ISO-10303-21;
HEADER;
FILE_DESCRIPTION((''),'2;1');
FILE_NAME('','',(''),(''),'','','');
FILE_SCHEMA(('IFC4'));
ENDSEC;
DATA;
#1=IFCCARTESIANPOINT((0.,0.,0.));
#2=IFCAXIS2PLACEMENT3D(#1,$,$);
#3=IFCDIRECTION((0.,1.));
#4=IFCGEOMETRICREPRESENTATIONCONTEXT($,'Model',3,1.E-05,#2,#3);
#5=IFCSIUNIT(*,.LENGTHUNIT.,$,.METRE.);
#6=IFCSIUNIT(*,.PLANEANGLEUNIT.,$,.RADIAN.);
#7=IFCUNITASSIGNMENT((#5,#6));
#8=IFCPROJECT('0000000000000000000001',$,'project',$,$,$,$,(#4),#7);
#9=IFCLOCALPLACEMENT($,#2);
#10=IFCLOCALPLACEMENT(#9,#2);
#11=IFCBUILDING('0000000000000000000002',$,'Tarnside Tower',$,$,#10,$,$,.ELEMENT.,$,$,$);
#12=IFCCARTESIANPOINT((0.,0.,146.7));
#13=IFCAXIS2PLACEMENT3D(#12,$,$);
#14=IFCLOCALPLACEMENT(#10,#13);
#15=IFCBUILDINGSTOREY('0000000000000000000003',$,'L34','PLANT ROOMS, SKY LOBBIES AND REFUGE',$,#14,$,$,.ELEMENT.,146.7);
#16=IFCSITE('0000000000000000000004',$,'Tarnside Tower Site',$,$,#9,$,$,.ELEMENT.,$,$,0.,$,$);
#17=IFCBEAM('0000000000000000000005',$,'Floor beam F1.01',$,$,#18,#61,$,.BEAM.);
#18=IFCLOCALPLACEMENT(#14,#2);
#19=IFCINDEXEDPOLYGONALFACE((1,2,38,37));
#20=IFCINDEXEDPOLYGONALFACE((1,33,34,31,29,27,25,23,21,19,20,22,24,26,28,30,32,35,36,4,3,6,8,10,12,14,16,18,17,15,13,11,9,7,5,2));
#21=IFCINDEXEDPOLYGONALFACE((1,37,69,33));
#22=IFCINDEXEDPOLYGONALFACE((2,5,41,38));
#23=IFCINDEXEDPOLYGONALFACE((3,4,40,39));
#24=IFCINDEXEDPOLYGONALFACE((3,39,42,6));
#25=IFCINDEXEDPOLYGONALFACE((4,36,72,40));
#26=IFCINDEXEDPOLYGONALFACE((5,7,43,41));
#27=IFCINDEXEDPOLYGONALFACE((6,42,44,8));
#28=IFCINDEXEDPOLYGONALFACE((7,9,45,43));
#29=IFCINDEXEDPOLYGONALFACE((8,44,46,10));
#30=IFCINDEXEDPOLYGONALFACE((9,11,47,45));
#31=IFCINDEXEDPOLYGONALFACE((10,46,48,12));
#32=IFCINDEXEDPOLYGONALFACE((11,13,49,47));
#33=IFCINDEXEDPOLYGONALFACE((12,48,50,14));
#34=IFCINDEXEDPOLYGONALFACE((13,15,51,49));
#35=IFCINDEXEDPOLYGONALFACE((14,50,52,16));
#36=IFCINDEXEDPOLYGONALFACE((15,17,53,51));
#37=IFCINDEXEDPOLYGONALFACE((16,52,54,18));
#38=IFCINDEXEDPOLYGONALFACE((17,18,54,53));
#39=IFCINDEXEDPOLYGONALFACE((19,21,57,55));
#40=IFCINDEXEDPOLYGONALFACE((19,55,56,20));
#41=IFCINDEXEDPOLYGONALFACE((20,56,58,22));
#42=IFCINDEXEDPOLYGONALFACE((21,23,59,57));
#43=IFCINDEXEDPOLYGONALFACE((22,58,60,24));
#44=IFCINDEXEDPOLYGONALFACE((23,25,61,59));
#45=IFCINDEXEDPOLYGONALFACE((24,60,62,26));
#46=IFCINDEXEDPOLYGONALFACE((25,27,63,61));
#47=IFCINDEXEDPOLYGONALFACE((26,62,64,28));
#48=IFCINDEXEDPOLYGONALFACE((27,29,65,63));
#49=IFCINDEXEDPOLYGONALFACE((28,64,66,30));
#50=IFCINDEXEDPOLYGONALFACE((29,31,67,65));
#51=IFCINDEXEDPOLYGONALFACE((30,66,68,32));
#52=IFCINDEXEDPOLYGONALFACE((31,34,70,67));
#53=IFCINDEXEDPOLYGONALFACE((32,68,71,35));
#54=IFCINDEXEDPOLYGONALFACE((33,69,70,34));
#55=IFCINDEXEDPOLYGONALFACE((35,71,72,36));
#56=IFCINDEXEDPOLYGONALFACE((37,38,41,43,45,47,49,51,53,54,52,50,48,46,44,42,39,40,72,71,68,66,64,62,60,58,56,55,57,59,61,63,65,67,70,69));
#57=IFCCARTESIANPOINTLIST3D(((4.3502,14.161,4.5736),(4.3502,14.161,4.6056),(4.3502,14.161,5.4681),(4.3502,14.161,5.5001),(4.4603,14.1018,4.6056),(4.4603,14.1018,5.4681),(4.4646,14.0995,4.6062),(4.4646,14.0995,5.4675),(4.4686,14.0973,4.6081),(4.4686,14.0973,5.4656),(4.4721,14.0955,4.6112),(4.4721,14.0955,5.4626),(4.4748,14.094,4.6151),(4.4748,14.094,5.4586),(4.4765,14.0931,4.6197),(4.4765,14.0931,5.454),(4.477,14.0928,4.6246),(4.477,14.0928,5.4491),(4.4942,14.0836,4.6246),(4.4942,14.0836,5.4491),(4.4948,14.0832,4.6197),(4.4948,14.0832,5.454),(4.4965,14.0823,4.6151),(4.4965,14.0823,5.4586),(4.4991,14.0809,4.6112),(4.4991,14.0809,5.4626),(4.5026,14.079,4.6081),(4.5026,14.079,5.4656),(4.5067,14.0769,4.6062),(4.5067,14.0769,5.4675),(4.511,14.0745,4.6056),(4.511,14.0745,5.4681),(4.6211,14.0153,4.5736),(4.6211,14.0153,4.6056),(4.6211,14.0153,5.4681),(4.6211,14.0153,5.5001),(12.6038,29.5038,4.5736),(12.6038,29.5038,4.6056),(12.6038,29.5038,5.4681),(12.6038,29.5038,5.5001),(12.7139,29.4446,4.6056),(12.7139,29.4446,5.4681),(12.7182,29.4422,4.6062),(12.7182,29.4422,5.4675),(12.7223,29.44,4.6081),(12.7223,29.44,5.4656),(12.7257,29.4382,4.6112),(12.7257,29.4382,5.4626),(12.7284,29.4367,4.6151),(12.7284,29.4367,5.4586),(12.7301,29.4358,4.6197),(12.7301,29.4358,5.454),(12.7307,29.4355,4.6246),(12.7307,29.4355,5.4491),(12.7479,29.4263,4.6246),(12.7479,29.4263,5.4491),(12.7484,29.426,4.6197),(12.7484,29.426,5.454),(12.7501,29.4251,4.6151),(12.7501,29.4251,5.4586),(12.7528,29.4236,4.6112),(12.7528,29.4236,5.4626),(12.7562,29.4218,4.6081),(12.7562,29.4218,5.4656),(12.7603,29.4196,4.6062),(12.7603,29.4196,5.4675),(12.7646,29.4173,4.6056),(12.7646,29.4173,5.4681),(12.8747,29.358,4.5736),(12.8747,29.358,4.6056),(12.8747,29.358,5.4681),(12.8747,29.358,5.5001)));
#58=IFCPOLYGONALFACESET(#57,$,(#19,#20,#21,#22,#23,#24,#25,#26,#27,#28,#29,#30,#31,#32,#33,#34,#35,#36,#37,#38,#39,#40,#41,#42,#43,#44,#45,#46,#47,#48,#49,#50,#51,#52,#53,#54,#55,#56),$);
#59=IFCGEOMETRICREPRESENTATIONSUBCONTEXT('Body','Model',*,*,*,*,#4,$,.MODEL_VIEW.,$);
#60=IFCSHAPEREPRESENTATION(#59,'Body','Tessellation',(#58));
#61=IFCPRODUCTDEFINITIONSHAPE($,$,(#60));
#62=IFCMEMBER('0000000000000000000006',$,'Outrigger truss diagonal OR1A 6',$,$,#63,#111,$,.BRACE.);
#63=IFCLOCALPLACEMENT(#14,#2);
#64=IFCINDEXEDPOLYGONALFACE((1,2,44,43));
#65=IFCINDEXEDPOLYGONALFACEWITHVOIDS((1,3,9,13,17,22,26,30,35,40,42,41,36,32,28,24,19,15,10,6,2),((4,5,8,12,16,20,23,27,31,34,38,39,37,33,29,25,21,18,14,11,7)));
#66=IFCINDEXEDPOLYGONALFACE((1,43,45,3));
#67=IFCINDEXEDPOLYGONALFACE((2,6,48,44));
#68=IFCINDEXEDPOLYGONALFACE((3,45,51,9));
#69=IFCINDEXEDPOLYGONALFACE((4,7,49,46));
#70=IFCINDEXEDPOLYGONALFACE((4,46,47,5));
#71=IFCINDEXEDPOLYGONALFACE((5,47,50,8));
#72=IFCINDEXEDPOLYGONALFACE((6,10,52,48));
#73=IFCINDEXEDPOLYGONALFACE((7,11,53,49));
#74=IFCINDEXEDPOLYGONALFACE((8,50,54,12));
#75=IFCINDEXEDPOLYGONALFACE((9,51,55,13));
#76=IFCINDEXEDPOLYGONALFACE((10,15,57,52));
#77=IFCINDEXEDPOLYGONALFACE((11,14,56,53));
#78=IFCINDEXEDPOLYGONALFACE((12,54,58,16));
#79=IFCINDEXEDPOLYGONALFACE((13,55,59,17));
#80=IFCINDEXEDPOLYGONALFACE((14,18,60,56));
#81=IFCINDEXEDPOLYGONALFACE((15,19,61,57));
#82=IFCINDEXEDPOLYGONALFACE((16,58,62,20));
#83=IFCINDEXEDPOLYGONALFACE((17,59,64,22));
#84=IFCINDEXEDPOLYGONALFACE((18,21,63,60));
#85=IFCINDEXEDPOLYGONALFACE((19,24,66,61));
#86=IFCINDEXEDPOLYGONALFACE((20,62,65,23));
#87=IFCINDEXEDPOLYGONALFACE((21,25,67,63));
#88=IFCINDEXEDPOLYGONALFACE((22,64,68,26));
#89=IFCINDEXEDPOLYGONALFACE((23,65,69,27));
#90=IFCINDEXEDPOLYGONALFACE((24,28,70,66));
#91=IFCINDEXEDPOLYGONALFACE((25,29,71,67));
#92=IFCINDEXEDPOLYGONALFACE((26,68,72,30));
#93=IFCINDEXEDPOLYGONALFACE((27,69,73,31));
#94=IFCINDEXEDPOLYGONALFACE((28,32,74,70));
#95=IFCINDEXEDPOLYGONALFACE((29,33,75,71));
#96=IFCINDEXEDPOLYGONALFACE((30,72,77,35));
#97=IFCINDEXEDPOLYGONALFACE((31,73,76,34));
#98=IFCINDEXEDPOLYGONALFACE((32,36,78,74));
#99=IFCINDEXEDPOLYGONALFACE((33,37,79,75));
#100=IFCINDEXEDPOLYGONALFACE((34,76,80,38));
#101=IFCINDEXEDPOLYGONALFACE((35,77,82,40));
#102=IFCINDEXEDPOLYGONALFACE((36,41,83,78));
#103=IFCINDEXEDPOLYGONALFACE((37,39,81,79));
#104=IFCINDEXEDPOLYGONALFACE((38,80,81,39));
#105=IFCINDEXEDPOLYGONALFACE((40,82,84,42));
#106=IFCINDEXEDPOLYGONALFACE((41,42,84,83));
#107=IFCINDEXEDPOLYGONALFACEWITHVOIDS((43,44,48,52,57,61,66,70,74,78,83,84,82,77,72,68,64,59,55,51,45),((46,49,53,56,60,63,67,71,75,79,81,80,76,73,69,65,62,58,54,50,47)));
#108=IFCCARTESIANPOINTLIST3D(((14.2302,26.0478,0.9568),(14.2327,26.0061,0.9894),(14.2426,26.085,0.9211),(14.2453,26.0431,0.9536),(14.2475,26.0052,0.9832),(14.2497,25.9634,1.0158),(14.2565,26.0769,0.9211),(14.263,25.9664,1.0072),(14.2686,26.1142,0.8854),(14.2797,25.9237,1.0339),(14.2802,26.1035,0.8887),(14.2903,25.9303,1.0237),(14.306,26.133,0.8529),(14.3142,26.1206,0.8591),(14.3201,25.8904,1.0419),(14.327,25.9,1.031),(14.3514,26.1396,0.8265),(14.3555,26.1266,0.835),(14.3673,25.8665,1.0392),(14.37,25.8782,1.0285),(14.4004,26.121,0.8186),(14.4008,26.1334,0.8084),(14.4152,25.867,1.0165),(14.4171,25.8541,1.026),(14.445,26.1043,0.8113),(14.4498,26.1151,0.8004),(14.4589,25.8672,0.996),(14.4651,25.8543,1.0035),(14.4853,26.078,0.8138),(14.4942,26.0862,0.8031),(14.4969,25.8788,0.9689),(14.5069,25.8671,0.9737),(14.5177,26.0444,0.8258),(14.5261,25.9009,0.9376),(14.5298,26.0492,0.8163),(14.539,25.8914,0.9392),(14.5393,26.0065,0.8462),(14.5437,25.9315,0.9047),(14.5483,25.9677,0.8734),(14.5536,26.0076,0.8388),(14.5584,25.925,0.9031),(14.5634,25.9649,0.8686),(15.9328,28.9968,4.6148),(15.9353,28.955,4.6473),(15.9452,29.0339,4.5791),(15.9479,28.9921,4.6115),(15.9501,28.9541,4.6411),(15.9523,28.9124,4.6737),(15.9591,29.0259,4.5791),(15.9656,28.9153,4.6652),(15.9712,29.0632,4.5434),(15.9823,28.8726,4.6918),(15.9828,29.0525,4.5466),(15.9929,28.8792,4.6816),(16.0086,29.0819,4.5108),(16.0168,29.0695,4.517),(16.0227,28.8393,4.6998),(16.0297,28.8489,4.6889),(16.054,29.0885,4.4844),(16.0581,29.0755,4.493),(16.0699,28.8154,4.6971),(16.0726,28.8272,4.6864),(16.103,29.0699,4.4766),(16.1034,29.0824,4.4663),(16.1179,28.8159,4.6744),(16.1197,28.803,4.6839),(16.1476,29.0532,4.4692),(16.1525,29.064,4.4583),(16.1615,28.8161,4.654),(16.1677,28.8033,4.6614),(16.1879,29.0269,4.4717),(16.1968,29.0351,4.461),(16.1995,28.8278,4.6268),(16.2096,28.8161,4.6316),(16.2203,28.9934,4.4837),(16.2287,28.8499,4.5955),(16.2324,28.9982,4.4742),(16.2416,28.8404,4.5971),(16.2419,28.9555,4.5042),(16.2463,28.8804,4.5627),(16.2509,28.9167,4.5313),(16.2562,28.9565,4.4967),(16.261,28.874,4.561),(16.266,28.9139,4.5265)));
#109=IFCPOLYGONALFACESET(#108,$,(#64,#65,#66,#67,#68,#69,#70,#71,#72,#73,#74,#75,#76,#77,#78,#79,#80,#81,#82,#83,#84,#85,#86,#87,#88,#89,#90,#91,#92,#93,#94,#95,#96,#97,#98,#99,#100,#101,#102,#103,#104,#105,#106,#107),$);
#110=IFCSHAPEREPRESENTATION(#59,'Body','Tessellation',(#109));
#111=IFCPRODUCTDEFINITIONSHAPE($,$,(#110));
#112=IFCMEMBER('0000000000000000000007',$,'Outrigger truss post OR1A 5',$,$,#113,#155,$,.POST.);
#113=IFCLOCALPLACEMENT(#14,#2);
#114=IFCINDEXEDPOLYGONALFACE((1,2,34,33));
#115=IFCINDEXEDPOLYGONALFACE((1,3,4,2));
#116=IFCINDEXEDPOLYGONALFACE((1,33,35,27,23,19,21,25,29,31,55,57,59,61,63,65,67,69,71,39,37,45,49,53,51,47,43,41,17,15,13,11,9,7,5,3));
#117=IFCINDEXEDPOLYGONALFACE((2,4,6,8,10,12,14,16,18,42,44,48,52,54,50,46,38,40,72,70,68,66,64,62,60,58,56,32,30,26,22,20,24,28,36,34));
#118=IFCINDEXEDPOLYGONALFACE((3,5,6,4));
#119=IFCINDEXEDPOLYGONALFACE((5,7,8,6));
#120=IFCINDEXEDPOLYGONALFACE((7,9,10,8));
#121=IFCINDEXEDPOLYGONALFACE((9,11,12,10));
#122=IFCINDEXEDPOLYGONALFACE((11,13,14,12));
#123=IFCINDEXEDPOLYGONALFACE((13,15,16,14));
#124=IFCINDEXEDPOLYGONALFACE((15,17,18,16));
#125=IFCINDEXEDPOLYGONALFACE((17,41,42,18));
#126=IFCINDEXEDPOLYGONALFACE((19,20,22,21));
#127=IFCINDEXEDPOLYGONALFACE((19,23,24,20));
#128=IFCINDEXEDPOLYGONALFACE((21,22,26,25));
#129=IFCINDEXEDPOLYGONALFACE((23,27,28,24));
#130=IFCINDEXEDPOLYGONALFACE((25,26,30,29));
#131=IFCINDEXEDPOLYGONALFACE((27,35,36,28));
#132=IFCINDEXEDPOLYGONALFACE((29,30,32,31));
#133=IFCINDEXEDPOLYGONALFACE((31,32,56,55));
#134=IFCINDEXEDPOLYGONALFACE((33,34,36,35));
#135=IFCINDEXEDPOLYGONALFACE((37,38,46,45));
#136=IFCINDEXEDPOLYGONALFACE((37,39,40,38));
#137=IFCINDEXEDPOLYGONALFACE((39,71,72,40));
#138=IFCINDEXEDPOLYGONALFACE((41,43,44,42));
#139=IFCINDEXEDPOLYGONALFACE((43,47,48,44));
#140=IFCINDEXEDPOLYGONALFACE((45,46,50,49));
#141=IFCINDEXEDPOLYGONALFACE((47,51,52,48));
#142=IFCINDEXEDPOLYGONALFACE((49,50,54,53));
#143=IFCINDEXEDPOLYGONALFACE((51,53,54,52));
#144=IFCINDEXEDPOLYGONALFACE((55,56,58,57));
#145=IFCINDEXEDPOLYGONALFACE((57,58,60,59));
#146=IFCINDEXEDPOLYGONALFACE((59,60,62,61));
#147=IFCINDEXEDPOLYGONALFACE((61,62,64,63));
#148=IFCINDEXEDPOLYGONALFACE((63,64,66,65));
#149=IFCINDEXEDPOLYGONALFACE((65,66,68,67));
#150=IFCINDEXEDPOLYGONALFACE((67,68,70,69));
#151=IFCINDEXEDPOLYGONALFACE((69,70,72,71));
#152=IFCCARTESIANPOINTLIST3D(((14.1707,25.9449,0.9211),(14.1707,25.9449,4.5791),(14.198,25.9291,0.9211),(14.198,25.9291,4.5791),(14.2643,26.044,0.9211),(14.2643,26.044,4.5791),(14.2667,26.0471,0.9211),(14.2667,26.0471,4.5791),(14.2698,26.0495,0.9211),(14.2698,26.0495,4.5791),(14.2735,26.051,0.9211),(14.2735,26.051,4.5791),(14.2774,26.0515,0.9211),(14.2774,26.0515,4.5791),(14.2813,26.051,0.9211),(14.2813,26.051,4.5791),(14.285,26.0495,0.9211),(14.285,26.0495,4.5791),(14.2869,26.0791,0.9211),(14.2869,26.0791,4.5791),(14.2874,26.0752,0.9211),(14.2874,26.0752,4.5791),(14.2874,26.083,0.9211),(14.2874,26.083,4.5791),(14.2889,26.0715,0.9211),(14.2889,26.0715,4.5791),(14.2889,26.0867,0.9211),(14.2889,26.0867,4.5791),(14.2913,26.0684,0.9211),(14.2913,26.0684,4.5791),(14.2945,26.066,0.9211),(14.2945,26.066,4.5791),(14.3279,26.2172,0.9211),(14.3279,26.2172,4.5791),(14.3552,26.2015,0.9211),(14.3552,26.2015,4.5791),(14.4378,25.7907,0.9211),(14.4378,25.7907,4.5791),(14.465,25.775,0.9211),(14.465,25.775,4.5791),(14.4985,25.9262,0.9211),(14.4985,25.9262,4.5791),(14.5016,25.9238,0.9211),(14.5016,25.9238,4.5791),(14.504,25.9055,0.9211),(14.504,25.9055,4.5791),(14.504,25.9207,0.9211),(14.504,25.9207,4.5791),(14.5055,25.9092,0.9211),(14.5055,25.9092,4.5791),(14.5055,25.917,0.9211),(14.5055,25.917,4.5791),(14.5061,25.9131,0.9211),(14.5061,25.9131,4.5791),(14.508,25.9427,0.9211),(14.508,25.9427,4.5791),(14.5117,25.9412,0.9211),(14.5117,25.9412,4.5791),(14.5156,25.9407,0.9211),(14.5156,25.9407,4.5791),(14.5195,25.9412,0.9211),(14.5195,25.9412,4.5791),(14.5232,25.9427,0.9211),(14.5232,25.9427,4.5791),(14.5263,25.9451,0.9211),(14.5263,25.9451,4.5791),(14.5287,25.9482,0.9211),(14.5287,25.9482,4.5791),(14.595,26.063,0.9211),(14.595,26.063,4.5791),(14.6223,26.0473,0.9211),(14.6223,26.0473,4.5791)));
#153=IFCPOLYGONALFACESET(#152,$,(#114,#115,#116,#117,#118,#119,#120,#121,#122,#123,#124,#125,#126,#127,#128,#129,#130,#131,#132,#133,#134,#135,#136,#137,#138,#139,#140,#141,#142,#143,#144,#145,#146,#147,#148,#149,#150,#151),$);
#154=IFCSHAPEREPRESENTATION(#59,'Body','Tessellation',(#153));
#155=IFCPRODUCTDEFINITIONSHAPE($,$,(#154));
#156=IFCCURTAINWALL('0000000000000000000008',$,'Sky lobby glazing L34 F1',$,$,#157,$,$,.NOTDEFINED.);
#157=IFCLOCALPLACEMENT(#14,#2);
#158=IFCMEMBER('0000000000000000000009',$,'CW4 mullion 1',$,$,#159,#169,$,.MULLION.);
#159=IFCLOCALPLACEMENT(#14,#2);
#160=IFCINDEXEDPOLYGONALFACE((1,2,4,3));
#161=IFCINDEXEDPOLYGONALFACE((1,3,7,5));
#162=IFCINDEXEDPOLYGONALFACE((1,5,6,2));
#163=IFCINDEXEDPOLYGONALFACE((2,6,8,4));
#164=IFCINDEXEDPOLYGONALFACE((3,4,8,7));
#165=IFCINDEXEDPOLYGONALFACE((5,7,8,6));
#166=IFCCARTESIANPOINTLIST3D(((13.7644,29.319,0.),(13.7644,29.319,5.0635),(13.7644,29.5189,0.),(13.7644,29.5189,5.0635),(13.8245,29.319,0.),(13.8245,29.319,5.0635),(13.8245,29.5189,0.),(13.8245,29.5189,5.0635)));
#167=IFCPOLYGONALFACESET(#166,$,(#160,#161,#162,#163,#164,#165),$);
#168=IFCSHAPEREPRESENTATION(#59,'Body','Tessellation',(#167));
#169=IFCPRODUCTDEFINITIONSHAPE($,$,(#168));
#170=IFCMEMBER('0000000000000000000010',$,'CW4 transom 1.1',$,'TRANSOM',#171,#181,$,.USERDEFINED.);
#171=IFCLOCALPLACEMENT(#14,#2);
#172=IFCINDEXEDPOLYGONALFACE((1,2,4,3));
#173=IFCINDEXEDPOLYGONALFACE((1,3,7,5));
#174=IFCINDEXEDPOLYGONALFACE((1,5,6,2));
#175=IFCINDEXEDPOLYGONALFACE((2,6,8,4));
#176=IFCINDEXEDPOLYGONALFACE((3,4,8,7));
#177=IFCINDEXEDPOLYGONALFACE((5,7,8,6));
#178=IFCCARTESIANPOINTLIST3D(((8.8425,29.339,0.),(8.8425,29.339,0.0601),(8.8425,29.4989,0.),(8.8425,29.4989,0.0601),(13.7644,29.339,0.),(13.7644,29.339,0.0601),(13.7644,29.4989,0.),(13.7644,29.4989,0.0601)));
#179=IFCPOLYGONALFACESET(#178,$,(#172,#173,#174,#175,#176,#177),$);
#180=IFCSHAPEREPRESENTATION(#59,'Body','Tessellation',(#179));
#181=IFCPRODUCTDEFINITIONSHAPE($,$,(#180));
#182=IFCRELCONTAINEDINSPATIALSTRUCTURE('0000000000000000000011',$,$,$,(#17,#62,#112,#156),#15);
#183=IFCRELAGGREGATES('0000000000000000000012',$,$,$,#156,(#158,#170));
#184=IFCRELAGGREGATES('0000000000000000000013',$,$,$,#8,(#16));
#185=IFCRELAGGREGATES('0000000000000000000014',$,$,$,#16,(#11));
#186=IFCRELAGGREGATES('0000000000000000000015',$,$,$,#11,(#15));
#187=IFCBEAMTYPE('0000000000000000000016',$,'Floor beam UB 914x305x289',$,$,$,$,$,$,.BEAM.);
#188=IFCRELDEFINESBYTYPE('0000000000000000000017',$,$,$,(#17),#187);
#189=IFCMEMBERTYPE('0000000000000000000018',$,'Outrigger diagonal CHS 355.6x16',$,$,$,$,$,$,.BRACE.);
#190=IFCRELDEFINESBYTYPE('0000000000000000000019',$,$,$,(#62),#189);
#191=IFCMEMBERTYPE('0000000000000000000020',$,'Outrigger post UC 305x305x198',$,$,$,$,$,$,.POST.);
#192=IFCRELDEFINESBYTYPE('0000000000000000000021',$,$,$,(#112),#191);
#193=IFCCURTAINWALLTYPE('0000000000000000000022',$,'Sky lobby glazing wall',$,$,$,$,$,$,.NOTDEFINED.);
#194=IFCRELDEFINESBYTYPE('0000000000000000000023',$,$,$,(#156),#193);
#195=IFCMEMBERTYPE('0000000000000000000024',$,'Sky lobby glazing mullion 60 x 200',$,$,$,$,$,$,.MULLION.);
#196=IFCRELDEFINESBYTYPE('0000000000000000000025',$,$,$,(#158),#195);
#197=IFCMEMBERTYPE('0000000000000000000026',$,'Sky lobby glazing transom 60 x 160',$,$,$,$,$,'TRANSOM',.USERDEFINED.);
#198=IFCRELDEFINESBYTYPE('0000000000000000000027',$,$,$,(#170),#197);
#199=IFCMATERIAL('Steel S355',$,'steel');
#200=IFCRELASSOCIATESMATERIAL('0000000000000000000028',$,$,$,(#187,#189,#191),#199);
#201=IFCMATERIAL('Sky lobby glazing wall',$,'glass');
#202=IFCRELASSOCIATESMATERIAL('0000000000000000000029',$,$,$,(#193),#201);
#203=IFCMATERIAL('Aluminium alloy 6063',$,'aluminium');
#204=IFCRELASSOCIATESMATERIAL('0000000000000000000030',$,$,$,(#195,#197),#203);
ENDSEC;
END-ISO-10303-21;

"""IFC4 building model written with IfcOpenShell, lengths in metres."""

from ifc_helpers import new_model, si_unit, direction, frame, origin, origin_2d, place, context, subcontext, project, spatial, rectangle, hollow_circle, i_section, extrude, material, material_profile, profile_set, type_object, element, aggregate, save


model = new_model("IFC4")

# Units and contexts
model_context = context("Model", 3, precision=1e-05, world=origin(), true_north=direction((0.0, 1.0)))
body_context = subcontext(model_context, "Body", "Model", "MODEL_VIEW")
ifc_project = project(units=[si_unit("LENGTHUNIT", "METRE"), si_unit("PLANEANGLEUNIT", "RADIAN")], contexts=[model_context])

# Site, building, storey
site_placement = place(None, origin())
site = spatial("IfcSite", under=ifc_project, at=site_placement, Name="Tarnside Tower Site", CompositionType="ELEMENT", RefElevation=0.0)
building_placement = place(site_placement, origin())
building = spatial("IfcBuilding", under=site, at=building_placement, Name="Tarnside Tower", CompositionType="ELEMENT")
storey_placement = place(building_placement, frame((0.0, 0.0, 146.7)))
storey = spatial("IfcBuildingStorey", under=building, at=storey_placement, Name="L34", Description="PLANT ROOMS, SKY LOBBIES AND REFUGE", CompositionType="ELEMENT", Elevation=146.7)

# Beam
ifc_material_1 = material(Name="Steel S355", Category="steel")
ifc_material_profile_1 = material_profile(ifc_material_1, i_section(OverallWidth=0.3076, OverallDepth=0.9265, WebThickness=0.0195, FlangeThickness=0.032, FilletRadius=0.019, at=origin_2d()), Name="UB 914x305x289")
ifc_profile_set_1 = profile_set([ifc_material_profile_1], Name="Steel S355")
beam_type = type_object("IfcBeamType", Name="Floor beam UB 914x305x289", PredefinedType="BEAM", material=ifc_profile_set_1)
beam_placement = place(storey_placement, frame((12.7393, 29.4309, 5.0369), z_axis=(-0.473751, -0.880659, 0.0), x_axis=(0.880659, -0.473751, 0.0)))
element("IfcBeam", 1, at=beam_placement, inside=storey, type_object=beam_type, Name="Floor beam F1.01", PredefinedType="BEAM", context=body_context, shape_type="SweptSolid", body=[
    extrude(i_section(OverallWidth=0.3076, OverallDepth=0.9265, WebThickness=0.0195, FlangeThickness=0.032, FilletRadius=0.019, at=origin_2d()), origin(), (0.0, 0.0, 1.0), 17.4219),
])

# Members
ifc_material_profile_2 = material_profile(ifc_material_1, hollow_circle(Radius=0.1777, WallThickness=0.0161, at=origin_2d()), Name="CHS 355.6x16")
ifc_profile_set_2 = profile_set([ifc_material_profile_2], Name="Steel S355")
member_type_1 = type_object("IfcMemberType", Name="Outrigger diagonal CHS 355.6x16", PredefinedType="BRACE", material=ifc_profile_set_2)
member_1_placement = place(storey_placement, frame((14.3965, 25.9961, 0.9211), z_axis=(0.34069, 0.590077, 0.731942), x_axis=(-0.86602, 0.50001, 0.0)))
element("IfcMember", 2, at=member_1_placement, inside=storey, type_object=member_type_1, Name="Outrigger truss diagonal OR1A 6", PredefinedType="BRACE", context=body_context, shape_type="SweptSolid", body=[
    extrude(hollow_circle(Radius=0.1777, WallThickness=0.0161, at=origin_2d()), origin(), (0.0, 0.0, 1.0), 4.9976),
])
ifc_material_profile_3 = material_profile(ifc_material_1, i_section(OverallWidth=0.3145, OverallDepth=0.3398, WebThickness=0.019, FlangeThickness=0.0315, FilletRadius=0.0151, at=origin_2d()), Name="UC 305x305x198")
ifc_profile_set_3 = profile_set([ifc_material_profile_3], Name="Steel S355")
member_type_2 = type_object("IfcMemberType", Name="Outrigger post UC 305x305x198", PredefinedType="POST", material=ifc_profile_set_3)
member_2_placement = place(storey_placement, frame((14.3965, 25.9961, 0.9211), z_axis=(0.0, 0.0, 1.0), x_axis=(0.5, 0.866025, 0.0)))
element("IfcMember", 3, at=member_2_placement, inside=storey, type_object=member_type_2, Name="Outrigger truss post OR1A 5", PredefinedType="POST", context=body_context, shape_type="SweptSolid", body=[
    extrude(i_section(OverallWidth=0.3145, OverallDepth=0.3398, WebThickness=0.019, FlangeThickness=0.0315, FilletRadius=0.0151, at=origin_2d()), origin(), (0.0, 0.0, 1.0), 3.658),
])

# Curtain wall, members
ifc_material_2 = material(Name="Sky lobby glazing wall", Category="glass")
curtain_wall_type = type_object("IfcCurtainWallType", Name="Sky lobby glazing wall", PredefinedType="NOTDEFINED", material=ifc_material_2)
curtain_wall_placement = place(storey_placement, origin())
curtain_wall = element("IfcCurtainWall", 4, at=curtain_wall_placement, inside=storey, type_object=curtain_wall_type, Name="Sky lobby glazing L34 F1", PredefinedType="NOTDEFINED")
ifc_material_3 = material(Name="Aluminium alloy 6063", Category="aluminium")
ifc_material_profile_4 = material_profile(ifc_material_3, rectangle(XDim=0.2, YDim=0.0601, at=origin_2d()), Name="Sky lobby glazing mullion 60 x 200")
ifc_profile_set_4 = profile_set([ifc_material_profile_4], Name="Aluminium alloy 6063")
member_type_3 = type_object("IfcMemberType", Name="Sky lobby glazing mullion 60 x 200", PredefinedType="MULLION", material=ifc_profile_set_4)
member_3_placement = place(storey_placement, frame((13.7944, 29.4189, 0.0), z_axis=(0.0, 0.0, 1.0), x_axis=(0.0, -1.0, 0.0)))
member_3 = element("IfcMember", 5, at=member_3_placement, type_object=member_type_3, Name="CW4 mullion 1", PredefinedType="MULLION", context=body_context, shape_type="SweptSolid", body=[
    extrude(rectangle(XDim=0.2, YDim=0.0601, at=origin_2d()), origin(), (0.0, 0.0, 1.0), 5.0635),
])
ifc_material_profile_5 = material_profile(ifc_material_3, rectangle(XDim=0.1599, YDim=0.0601, at=origin_2d()), Name="Sky lobby glazing transom 60 x 160")
ifc_profile_set_5 = profile_set([ifc_material_profile_5], Name="Aluminium alloy 6063")
member_type_4 = type_object("IfcMemberType", Name="Sky lobby glazing transom 60 x 160", ElementType="TRANSOM", PredefinedType="USERDEFINED", material=ifc_profile_set_5)
member_4_placement = place(storey_placement, frame((13.7644, 29.4189, 0.03), z_axis=(-1.0, 0.0, 0.0), x_axis=(0.0, -1.0, 0.0)))
member_4 = element("IfcMember", 6, at=member_4_placement, type_object=member_type_4, Name="CW4 transom 1.1", ObjectType="TRANSOM", PredefinedType="USERDEFINED", context=body_context, shape_type="SweptSolid", body=[
    extrude(rectangle(XDim=0.1599, YDim=0.0601, at=origin_2d()), origin(), (0.0, 0.0, 1.0), 4.9219),
])
aggregate(curtain_wall, [member_3, member_4])

save(model, "model.ifc")
